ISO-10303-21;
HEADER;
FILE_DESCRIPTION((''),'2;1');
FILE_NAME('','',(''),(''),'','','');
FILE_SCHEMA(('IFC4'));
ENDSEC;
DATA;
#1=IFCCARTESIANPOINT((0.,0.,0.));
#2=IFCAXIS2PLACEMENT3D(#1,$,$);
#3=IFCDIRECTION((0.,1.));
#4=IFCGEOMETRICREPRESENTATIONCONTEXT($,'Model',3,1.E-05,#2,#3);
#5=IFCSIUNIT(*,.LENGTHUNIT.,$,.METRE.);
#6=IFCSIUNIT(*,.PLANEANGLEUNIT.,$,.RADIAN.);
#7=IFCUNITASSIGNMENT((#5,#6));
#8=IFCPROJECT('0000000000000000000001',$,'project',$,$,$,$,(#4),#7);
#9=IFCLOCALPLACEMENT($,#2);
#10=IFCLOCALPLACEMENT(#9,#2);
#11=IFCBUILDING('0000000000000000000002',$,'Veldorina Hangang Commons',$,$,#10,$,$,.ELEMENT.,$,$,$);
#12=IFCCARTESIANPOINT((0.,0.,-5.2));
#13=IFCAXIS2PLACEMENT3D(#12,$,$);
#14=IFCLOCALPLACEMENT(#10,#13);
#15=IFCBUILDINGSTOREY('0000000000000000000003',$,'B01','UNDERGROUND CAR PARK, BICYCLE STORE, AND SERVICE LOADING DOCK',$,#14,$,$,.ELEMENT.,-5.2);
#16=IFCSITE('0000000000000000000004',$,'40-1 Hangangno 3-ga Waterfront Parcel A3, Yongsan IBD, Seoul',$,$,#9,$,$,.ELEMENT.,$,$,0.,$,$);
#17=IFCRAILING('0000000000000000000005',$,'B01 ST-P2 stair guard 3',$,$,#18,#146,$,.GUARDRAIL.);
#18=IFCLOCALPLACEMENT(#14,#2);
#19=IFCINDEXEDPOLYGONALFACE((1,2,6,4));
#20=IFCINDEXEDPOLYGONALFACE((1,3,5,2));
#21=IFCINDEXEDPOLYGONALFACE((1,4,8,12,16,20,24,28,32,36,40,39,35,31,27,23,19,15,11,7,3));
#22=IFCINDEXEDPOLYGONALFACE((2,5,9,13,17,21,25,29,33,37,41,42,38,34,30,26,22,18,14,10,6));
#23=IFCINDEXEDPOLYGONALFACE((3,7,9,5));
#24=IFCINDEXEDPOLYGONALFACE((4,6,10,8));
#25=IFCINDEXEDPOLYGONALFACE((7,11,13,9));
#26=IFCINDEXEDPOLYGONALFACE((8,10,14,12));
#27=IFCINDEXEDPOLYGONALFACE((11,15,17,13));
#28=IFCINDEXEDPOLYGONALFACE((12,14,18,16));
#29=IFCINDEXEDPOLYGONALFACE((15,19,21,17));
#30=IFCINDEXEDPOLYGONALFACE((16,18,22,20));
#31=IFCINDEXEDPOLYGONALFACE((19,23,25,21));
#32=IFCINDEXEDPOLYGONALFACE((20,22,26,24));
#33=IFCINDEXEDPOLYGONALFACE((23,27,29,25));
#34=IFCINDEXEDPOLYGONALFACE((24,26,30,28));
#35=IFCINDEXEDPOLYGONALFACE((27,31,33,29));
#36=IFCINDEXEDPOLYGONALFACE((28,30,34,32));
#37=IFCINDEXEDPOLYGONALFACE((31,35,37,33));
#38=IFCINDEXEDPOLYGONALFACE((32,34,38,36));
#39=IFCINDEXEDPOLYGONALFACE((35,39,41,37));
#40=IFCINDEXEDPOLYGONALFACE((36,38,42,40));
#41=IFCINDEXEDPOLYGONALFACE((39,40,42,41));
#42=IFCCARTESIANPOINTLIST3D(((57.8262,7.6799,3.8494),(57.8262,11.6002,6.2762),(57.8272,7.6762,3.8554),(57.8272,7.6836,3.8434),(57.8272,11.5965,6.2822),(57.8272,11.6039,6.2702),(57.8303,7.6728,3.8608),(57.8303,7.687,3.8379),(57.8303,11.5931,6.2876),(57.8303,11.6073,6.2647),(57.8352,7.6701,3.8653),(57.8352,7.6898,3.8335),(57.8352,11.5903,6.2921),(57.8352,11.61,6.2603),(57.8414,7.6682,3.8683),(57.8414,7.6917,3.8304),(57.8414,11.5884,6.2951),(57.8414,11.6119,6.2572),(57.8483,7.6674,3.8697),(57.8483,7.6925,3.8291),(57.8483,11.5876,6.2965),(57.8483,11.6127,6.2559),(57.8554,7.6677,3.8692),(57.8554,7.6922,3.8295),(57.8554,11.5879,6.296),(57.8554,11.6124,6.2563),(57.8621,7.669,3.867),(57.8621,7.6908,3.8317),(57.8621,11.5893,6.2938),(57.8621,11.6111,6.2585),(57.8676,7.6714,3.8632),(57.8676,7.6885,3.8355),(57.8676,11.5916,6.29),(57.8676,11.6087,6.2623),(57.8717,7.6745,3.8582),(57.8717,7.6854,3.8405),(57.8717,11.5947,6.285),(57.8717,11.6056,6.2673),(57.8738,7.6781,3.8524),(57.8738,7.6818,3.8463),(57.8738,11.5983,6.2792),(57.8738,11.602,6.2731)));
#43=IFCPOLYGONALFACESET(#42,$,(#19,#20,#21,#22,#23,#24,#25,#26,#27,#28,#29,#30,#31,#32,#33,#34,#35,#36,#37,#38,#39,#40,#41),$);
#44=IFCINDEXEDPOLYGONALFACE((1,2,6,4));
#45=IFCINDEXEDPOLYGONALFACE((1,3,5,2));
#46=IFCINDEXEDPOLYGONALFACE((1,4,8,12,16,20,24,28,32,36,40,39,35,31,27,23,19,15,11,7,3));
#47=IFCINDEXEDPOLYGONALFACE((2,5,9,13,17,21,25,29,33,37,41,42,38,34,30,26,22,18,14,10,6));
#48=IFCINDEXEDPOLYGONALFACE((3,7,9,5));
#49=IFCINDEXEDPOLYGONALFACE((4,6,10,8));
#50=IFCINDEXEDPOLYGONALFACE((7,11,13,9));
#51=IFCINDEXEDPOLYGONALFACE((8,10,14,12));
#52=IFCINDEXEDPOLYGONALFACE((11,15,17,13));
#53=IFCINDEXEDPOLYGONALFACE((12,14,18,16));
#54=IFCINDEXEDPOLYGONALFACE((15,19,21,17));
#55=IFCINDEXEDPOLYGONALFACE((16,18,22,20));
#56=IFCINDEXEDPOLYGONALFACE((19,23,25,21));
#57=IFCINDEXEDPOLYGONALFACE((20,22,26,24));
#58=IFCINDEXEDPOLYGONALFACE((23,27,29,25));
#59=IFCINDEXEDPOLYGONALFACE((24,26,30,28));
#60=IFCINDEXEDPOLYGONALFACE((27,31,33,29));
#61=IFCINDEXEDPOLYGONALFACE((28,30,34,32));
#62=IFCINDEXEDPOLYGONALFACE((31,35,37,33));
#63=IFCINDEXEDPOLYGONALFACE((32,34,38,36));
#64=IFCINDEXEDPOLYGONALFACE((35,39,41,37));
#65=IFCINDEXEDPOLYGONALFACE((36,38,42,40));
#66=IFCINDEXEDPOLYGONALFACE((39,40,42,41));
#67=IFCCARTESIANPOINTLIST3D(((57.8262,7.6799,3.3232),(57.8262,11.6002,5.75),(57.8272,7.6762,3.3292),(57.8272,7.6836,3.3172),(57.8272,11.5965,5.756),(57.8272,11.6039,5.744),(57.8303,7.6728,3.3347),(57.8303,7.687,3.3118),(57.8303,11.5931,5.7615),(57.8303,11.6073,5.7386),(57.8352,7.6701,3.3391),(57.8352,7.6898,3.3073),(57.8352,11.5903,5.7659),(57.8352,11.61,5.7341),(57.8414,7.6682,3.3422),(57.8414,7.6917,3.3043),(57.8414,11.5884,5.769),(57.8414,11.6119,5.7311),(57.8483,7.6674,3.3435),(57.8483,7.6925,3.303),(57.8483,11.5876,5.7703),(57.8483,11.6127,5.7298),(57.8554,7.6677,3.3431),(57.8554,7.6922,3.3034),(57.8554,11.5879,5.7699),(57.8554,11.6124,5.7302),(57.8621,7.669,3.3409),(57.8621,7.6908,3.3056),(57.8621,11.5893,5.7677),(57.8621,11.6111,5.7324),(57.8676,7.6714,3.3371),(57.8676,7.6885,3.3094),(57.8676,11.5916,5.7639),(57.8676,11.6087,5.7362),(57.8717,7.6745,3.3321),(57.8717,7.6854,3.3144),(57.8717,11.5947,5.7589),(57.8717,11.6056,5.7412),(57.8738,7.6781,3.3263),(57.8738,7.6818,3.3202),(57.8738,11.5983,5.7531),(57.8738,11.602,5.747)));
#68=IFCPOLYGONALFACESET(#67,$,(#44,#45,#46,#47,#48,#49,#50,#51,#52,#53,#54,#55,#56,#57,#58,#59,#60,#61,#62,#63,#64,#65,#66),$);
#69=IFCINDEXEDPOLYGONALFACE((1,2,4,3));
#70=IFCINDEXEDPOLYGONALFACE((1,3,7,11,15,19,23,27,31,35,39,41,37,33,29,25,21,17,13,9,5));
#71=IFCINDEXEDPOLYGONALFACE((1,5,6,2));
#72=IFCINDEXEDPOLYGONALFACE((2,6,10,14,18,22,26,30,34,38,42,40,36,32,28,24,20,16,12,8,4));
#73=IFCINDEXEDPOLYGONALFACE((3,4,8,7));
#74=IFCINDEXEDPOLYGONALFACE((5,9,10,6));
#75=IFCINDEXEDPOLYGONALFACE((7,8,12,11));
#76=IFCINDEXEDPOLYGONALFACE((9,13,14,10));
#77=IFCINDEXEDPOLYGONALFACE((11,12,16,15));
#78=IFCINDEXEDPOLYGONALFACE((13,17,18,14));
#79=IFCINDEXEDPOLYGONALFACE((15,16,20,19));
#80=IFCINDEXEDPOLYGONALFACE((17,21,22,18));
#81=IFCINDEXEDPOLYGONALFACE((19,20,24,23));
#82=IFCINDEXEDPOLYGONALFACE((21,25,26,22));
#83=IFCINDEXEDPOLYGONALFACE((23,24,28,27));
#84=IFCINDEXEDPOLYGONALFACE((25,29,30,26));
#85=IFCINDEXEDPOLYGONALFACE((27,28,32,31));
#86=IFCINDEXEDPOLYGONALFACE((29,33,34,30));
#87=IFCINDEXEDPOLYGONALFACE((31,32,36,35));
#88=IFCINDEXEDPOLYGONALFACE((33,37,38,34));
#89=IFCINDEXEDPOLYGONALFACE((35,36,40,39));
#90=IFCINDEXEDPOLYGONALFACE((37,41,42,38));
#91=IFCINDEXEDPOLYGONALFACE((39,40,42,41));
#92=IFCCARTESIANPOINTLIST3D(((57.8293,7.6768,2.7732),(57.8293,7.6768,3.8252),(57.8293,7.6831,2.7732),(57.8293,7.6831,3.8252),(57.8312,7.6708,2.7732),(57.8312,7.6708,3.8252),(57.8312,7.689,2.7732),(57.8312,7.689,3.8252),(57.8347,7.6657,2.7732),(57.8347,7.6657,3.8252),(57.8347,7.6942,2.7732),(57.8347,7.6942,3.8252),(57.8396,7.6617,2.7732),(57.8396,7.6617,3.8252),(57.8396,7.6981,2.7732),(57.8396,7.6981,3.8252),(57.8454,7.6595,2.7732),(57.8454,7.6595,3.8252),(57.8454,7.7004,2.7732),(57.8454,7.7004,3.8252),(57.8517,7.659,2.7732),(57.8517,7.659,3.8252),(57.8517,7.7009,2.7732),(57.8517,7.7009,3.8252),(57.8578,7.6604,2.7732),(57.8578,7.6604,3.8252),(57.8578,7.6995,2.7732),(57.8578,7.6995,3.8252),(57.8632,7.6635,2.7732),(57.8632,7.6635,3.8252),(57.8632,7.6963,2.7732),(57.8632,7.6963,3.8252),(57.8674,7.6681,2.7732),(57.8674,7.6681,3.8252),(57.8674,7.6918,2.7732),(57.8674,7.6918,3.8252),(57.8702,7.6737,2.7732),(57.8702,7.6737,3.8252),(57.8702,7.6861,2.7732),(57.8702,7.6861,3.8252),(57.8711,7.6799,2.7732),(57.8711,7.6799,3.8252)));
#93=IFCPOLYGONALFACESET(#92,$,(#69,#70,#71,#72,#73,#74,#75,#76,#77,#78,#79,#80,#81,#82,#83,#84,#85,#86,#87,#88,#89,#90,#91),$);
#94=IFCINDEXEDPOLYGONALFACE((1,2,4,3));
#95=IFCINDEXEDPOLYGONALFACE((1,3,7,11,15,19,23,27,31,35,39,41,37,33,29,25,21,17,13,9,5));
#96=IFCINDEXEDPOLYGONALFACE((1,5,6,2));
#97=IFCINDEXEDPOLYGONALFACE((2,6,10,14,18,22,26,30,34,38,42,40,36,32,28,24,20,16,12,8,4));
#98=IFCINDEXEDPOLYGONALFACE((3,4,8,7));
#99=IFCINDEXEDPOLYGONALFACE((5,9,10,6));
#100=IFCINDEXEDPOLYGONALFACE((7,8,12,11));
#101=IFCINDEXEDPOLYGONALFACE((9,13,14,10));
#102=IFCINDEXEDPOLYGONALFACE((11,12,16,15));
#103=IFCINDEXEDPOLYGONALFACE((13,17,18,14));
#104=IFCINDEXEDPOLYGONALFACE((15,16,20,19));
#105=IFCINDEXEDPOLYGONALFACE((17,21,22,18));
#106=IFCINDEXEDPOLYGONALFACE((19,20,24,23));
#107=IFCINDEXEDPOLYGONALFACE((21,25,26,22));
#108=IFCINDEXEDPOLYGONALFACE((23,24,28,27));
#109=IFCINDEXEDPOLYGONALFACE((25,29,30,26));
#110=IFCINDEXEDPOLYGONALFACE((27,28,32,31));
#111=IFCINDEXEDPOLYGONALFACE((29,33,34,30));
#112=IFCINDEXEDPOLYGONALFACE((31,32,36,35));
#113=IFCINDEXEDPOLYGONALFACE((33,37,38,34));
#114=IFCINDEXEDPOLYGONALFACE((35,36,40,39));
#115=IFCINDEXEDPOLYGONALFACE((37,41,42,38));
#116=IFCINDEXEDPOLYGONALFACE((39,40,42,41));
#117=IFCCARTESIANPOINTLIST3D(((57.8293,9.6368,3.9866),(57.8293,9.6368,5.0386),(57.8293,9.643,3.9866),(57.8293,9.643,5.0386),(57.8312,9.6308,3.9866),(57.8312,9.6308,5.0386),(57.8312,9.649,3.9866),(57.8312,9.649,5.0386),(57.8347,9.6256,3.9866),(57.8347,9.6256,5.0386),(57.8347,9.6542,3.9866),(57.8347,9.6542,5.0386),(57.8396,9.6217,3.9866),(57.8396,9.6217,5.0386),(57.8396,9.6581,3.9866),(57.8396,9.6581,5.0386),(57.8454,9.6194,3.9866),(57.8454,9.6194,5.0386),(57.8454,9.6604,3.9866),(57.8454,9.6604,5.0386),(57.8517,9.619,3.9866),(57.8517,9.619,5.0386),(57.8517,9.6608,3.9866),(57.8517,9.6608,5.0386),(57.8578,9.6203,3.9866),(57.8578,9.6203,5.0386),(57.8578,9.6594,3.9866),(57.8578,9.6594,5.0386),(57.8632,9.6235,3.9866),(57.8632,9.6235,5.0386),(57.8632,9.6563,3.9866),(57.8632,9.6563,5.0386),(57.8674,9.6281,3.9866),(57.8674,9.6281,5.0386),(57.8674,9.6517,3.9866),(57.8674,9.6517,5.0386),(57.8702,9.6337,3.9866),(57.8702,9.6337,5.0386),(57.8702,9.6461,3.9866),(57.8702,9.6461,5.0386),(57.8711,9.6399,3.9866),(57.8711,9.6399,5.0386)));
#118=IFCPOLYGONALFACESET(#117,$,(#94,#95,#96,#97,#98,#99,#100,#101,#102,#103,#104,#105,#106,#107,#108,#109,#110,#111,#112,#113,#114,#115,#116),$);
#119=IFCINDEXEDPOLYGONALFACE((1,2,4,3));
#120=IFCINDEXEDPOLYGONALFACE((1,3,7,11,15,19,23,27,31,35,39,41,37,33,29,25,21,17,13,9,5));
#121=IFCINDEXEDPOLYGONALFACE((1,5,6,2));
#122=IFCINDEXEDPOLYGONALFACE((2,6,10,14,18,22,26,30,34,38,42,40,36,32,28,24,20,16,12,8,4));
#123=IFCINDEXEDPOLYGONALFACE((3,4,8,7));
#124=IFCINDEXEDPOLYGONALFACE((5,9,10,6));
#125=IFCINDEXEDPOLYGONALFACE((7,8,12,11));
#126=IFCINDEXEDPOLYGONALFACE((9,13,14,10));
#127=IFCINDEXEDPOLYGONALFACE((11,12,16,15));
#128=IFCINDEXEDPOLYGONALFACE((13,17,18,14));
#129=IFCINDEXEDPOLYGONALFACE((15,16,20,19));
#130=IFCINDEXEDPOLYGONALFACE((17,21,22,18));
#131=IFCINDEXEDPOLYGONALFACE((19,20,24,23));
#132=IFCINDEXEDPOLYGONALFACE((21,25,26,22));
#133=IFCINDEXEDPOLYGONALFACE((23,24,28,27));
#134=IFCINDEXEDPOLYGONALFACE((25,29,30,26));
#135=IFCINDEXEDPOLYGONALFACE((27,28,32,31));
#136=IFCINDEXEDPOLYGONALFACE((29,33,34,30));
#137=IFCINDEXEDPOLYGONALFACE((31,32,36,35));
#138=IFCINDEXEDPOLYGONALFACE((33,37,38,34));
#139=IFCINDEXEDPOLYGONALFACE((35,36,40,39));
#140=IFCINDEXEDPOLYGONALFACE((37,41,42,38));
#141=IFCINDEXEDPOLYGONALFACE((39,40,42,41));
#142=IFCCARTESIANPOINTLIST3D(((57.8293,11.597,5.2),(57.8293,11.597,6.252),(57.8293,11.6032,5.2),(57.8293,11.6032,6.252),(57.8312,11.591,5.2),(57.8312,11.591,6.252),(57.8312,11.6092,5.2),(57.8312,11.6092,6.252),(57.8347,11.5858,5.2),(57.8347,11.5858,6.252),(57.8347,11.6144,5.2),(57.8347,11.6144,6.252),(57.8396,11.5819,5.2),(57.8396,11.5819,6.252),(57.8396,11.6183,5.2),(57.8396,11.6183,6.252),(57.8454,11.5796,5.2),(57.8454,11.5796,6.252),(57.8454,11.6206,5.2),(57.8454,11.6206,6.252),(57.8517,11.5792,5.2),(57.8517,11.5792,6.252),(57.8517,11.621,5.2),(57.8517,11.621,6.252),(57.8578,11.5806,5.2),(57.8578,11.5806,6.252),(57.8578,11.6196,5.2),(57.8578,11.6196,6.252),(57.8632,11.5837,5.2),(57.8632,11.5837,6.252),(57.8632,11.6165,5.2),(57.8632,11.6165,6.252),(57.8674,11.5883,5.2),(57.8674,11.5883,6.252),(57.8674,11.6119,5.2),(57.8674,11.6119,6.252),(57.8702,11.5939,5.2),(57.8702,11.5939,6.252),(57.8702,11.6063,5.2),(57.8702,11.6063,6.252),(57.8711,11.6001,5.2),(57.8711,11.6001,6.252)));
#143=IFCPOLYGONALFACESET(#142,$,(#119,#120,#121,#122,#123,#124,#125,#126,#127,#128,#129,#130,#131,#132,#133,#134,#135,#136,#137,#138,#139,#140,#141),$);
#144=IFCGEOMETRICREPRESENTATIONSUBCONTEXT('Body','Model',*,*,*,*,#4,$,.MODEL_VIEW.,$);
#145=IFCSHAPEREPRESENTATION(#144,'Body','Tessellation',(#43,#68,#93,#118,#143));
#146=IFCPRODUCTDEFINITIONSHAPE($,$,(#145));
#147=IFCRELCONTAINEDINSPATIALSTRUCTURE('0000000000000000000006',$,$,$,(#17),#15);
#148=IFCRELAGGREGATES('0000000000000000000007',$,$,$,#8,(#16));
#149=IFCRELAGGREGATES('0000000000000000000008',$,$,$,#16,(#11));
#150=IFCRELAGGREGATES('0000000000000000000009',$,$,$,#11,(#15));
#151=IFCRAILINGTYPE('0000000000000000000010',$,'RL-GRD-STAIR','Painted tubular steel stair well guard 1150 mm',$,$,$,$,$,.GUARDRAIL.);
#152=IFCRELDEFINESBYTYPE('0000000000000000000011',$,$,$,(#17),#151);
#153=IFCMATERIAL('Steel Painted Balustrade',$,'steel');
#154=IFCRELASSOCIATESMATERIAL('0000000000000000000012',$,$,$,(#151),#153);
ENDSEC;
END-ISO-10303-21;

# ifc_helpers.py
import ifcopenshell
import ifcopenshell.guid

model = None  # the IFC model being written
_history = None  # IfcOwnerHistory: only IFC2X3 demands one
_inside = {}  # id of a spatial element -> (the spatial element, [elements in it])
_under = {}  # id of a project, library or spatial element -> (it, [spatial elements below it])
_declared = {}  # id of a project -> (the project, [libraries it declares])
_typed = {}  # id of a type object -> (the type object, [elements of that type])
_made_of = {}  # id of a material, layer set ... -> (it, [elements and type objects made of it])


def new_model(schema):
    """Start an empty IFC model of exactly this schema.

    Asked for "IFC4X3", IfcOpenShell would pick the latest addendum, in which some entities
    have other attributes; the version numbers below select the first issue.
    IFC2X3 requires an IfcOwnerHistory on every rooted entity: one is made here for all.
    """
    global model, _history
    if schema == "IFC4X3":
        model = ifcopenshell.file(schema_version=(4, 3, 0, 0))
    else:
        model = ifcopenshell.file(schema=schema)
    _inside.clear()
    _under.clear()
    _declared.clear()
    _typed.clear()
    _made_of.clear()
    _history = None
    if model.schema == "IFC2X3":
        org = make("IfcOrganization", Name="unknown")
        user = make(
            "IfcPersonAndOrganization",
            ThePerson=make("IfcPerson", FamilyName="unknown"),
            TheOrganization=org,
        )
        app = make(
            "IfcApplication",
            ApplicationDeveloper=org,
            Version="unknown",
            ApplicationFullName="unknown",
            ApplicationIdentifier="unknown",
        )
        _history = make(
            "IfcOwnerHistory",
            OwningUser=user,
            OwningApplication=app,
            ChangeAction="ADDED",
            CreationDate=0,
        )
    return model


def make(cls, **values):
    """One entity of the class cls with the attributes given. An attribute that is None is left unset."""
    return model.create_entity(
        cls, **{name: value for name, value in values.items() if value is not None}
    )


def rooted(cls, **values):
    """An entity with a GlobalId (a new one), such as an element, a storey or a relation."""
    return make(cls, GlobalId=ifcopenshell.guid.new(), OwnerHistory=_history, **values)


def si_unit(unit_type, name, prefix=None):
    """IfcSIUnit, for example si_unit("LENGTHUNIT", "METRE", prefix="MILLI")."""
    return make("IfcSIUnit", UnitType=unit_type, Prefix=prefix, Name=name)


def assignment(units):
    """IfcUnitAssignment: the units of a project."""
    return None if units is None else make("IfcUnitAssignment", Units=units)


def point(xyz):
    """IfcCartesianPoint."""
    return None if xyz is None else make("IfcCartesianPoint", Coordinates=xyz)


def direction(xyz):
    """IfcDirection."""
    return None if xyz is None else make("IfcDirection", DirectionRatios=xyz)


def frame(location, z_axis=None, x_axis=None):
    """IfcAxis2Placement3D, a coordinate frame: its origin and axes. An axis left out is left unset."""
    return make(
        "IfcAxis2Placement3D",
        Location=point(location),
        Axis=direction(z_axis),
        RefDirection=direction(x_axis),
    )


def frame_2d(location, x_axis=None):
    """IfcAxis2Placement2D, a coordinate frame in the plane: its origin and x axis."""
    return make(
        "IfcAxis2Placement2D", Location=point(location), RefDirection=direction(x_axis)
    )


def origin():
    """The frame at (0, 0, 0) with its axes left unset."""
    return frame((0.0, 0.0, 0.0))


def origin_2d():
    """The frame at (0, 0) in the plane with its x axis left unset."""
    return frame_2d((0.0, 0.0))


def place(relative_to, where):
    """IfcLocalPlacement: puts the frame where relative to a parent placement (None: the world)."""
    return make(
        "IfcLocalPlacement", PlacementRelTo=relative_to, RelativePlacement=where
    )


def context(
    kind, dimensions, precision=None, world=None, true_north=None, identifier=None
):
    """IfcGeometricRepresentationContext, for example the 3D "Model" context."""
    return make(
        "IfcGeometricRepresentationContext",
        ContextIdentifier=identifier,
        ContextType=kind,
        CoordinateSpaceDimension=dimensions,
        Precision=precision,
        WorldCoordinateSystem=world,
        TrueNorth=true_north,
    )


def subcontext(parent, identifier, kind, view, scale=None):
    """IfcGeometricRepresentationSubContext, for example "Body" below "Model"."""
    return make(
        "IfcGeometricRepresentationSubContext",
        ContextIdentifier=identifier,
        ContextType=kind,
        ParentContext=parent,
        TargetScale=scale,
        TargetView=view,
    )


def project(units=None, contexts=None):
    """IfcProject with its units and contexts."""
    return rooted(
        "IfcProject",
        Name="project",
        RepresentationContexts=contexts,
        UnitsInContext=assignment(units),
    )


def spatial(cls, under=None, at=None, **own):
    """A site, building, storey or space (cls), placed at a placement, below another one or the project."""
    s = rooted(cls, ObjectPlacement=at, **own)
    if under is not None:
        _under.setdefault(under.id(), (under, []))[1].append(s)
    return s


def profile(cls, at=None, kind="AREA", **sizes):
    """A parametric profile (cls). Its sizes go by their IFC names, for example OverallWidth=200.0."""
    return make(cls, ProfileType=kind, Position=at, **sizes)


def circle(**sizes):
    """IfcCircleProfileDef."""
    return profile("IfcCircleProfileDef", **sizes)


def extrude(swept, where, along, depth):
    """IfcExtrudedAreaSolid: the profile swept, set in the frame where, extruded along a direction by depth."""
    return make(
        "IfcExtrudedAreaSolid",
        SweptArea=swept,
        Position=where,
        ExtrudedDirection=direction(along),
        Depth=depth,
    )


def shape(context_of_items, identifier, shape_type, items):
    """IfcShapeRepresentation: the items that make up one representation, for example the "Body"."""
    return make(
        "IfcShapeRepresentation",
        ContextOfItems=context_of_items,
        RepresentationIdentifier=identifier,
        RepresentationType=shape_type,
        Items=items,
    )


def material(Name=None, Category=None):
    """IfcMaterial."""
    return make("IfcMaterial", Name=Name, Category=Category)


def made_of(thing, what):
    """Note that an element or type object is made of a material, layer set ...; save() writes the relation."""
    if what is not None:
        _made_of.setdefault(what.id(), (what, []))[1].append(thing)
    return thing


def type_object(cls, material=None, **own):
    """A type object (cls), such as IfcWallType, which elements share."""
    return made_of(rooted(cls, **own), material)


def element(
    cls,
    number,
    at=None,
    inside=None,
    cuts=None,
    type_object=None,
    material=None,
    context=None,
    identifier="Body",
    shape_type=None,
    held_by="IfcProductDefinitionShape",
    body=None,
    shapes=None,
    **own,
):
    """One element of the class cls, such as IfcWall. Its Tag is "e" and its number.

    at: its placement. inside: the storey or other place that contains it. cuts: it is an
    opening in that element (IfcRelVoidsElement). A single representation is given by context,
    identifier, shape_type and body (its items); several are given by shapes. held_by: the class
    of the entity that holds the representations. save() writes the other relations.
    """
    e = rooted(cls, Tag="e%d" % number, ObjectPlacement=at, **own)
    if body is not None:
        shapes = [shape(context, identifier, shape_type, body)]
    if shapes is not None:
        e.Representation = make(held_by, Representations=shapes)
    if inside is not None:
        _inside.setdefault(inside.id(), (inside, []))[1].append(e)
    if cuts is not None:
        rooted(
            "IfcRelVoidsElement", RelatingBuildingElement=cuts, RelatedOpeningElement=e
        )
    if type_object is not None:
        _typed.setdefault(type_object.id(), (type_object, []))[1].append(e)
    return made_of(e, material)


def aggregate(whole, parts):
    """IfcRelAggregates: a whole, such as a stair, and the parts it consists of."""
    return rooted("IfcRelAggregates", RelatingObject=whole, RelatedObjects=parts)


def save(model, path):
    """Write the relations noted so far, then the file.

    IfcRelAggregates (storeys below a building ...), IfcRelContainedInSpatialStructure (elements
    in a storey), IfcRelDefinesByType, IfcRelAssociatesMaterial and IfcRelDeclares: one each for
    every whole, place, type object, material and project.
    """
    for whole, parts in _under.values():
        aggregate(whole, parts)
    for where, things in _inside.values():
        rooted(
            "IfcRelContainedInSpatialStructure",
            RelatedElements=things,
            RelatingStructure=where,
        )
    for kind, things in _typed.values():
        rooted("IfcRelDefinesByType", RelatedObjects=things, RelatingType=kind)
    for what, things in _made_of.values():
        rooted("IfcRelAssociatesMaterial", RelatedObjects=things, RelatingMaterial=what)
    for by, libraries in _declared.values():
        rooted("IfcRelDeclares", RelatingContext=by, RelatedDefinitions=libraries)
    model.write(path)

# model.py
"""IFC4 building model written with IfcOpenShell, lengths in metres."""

from ifc_helpers import new_model, si_unit, direction, frame, origin, origin_2d, place, context, subcontext, project, spatial, circle, extrude, material, type_object, element, save


model = new_model("IFC4")

# Units and contexts
model_context = context("Model", 3, precision=1e-05, world=origin(), true_north=direction((0.0, 1.0)))
body_context = subcontext(model_context, "Body", "Model", "MODEL_VIEW")
ifc_project = project(units=[si_unit("LENGTHUNIT", "METRE"), si_unit("PLANEANGLEUNIT", "RADIAN")], contexts=[model_context])

# Site, building, storey
site_placement = place(None, origin())
site = spatial("IfcSite", under=ifc_project, at=site_placement, Name="40-1 Hangangno 3-ga Waterfront Parcel A3, Yongsan IBD, Seoul", CompositionType="ELEMENT", RefElevation=0.0)
building_placement = place(site_placement, origin())
building = spatial("IfcBuilding", under=site, at=building_placement, Name="Veldorina Hangang Commons", CompositionType="ELEMENT")
storey_placement = place(building_placement, frame((0.0, 0.0, -5.2)))
storey = spatial("IfcBuildingStorey", under=building, at=storey_placement, Name="B01", Description="UNDERGROUND CAR PARK, BICYCLE STORE, AND SERVICE LOADING DOCK", CompositionType="ELEMENT", Elevation=-5.2)

# Railing
ifc_material_1 = material(Name="Steel Painted Balustrade", Category="steel")
railing_type_1 = type_object("IfcRailingType", Name="RL-GRD-STAIR", Description="Painted tubular steel stair well guard 1150 mm", PredefinedType="GUARDRAIL", material=ifc_material_1)
railing_1_placement = place(storey_placement, frame((57.8501, 7.6799, 2.7732)))
element("IfcRailing", 1, at=railing_1_placement, inside=storey, type_object=railing_type_1, Name="B01 ST-P2 stair guard 3", PredefinedType="GUARDRAIL", context=body_context, shape_type="SweptSolid", body=[
    extrude(circle(Radius=0.0239, at=origin_2d()), frame((0.0, 0.0, 1.0762), z_axis=(0.0, 0.850266, 0.526353), x_axis=(-1.0, 0.0, 0.0)), (0.0, 0.0, 1.0), 4.6106),
    extrude(circle(Radius=0.0239, at=origin_2d()), frame((0.0, 0.0, 0.55), z_axis=(0.0, 0.850266, 0.526353), x_axis=(-1.0, 0.0, 0.0)), (0.0, 0.0, 1.0), 4.6106),
    extrude(circle(Radius=0.021, at=origin_2d()), origin(), (0.0, 0.0, 1.0), 1.052),
    extrude(circle(Radius=0.021, at=origin_2d()), frame((0.0, 1.96, 1.2134)), (0.0, 0.0, 1.0), 1.052),
    extrude(circle(Radius=0.021, at=origin_2d()), frame((0.0, 3.9202, 2.4268)), (0.0, 0.0, 1.0), 1.052),
])

save(model, "model.ifc")
